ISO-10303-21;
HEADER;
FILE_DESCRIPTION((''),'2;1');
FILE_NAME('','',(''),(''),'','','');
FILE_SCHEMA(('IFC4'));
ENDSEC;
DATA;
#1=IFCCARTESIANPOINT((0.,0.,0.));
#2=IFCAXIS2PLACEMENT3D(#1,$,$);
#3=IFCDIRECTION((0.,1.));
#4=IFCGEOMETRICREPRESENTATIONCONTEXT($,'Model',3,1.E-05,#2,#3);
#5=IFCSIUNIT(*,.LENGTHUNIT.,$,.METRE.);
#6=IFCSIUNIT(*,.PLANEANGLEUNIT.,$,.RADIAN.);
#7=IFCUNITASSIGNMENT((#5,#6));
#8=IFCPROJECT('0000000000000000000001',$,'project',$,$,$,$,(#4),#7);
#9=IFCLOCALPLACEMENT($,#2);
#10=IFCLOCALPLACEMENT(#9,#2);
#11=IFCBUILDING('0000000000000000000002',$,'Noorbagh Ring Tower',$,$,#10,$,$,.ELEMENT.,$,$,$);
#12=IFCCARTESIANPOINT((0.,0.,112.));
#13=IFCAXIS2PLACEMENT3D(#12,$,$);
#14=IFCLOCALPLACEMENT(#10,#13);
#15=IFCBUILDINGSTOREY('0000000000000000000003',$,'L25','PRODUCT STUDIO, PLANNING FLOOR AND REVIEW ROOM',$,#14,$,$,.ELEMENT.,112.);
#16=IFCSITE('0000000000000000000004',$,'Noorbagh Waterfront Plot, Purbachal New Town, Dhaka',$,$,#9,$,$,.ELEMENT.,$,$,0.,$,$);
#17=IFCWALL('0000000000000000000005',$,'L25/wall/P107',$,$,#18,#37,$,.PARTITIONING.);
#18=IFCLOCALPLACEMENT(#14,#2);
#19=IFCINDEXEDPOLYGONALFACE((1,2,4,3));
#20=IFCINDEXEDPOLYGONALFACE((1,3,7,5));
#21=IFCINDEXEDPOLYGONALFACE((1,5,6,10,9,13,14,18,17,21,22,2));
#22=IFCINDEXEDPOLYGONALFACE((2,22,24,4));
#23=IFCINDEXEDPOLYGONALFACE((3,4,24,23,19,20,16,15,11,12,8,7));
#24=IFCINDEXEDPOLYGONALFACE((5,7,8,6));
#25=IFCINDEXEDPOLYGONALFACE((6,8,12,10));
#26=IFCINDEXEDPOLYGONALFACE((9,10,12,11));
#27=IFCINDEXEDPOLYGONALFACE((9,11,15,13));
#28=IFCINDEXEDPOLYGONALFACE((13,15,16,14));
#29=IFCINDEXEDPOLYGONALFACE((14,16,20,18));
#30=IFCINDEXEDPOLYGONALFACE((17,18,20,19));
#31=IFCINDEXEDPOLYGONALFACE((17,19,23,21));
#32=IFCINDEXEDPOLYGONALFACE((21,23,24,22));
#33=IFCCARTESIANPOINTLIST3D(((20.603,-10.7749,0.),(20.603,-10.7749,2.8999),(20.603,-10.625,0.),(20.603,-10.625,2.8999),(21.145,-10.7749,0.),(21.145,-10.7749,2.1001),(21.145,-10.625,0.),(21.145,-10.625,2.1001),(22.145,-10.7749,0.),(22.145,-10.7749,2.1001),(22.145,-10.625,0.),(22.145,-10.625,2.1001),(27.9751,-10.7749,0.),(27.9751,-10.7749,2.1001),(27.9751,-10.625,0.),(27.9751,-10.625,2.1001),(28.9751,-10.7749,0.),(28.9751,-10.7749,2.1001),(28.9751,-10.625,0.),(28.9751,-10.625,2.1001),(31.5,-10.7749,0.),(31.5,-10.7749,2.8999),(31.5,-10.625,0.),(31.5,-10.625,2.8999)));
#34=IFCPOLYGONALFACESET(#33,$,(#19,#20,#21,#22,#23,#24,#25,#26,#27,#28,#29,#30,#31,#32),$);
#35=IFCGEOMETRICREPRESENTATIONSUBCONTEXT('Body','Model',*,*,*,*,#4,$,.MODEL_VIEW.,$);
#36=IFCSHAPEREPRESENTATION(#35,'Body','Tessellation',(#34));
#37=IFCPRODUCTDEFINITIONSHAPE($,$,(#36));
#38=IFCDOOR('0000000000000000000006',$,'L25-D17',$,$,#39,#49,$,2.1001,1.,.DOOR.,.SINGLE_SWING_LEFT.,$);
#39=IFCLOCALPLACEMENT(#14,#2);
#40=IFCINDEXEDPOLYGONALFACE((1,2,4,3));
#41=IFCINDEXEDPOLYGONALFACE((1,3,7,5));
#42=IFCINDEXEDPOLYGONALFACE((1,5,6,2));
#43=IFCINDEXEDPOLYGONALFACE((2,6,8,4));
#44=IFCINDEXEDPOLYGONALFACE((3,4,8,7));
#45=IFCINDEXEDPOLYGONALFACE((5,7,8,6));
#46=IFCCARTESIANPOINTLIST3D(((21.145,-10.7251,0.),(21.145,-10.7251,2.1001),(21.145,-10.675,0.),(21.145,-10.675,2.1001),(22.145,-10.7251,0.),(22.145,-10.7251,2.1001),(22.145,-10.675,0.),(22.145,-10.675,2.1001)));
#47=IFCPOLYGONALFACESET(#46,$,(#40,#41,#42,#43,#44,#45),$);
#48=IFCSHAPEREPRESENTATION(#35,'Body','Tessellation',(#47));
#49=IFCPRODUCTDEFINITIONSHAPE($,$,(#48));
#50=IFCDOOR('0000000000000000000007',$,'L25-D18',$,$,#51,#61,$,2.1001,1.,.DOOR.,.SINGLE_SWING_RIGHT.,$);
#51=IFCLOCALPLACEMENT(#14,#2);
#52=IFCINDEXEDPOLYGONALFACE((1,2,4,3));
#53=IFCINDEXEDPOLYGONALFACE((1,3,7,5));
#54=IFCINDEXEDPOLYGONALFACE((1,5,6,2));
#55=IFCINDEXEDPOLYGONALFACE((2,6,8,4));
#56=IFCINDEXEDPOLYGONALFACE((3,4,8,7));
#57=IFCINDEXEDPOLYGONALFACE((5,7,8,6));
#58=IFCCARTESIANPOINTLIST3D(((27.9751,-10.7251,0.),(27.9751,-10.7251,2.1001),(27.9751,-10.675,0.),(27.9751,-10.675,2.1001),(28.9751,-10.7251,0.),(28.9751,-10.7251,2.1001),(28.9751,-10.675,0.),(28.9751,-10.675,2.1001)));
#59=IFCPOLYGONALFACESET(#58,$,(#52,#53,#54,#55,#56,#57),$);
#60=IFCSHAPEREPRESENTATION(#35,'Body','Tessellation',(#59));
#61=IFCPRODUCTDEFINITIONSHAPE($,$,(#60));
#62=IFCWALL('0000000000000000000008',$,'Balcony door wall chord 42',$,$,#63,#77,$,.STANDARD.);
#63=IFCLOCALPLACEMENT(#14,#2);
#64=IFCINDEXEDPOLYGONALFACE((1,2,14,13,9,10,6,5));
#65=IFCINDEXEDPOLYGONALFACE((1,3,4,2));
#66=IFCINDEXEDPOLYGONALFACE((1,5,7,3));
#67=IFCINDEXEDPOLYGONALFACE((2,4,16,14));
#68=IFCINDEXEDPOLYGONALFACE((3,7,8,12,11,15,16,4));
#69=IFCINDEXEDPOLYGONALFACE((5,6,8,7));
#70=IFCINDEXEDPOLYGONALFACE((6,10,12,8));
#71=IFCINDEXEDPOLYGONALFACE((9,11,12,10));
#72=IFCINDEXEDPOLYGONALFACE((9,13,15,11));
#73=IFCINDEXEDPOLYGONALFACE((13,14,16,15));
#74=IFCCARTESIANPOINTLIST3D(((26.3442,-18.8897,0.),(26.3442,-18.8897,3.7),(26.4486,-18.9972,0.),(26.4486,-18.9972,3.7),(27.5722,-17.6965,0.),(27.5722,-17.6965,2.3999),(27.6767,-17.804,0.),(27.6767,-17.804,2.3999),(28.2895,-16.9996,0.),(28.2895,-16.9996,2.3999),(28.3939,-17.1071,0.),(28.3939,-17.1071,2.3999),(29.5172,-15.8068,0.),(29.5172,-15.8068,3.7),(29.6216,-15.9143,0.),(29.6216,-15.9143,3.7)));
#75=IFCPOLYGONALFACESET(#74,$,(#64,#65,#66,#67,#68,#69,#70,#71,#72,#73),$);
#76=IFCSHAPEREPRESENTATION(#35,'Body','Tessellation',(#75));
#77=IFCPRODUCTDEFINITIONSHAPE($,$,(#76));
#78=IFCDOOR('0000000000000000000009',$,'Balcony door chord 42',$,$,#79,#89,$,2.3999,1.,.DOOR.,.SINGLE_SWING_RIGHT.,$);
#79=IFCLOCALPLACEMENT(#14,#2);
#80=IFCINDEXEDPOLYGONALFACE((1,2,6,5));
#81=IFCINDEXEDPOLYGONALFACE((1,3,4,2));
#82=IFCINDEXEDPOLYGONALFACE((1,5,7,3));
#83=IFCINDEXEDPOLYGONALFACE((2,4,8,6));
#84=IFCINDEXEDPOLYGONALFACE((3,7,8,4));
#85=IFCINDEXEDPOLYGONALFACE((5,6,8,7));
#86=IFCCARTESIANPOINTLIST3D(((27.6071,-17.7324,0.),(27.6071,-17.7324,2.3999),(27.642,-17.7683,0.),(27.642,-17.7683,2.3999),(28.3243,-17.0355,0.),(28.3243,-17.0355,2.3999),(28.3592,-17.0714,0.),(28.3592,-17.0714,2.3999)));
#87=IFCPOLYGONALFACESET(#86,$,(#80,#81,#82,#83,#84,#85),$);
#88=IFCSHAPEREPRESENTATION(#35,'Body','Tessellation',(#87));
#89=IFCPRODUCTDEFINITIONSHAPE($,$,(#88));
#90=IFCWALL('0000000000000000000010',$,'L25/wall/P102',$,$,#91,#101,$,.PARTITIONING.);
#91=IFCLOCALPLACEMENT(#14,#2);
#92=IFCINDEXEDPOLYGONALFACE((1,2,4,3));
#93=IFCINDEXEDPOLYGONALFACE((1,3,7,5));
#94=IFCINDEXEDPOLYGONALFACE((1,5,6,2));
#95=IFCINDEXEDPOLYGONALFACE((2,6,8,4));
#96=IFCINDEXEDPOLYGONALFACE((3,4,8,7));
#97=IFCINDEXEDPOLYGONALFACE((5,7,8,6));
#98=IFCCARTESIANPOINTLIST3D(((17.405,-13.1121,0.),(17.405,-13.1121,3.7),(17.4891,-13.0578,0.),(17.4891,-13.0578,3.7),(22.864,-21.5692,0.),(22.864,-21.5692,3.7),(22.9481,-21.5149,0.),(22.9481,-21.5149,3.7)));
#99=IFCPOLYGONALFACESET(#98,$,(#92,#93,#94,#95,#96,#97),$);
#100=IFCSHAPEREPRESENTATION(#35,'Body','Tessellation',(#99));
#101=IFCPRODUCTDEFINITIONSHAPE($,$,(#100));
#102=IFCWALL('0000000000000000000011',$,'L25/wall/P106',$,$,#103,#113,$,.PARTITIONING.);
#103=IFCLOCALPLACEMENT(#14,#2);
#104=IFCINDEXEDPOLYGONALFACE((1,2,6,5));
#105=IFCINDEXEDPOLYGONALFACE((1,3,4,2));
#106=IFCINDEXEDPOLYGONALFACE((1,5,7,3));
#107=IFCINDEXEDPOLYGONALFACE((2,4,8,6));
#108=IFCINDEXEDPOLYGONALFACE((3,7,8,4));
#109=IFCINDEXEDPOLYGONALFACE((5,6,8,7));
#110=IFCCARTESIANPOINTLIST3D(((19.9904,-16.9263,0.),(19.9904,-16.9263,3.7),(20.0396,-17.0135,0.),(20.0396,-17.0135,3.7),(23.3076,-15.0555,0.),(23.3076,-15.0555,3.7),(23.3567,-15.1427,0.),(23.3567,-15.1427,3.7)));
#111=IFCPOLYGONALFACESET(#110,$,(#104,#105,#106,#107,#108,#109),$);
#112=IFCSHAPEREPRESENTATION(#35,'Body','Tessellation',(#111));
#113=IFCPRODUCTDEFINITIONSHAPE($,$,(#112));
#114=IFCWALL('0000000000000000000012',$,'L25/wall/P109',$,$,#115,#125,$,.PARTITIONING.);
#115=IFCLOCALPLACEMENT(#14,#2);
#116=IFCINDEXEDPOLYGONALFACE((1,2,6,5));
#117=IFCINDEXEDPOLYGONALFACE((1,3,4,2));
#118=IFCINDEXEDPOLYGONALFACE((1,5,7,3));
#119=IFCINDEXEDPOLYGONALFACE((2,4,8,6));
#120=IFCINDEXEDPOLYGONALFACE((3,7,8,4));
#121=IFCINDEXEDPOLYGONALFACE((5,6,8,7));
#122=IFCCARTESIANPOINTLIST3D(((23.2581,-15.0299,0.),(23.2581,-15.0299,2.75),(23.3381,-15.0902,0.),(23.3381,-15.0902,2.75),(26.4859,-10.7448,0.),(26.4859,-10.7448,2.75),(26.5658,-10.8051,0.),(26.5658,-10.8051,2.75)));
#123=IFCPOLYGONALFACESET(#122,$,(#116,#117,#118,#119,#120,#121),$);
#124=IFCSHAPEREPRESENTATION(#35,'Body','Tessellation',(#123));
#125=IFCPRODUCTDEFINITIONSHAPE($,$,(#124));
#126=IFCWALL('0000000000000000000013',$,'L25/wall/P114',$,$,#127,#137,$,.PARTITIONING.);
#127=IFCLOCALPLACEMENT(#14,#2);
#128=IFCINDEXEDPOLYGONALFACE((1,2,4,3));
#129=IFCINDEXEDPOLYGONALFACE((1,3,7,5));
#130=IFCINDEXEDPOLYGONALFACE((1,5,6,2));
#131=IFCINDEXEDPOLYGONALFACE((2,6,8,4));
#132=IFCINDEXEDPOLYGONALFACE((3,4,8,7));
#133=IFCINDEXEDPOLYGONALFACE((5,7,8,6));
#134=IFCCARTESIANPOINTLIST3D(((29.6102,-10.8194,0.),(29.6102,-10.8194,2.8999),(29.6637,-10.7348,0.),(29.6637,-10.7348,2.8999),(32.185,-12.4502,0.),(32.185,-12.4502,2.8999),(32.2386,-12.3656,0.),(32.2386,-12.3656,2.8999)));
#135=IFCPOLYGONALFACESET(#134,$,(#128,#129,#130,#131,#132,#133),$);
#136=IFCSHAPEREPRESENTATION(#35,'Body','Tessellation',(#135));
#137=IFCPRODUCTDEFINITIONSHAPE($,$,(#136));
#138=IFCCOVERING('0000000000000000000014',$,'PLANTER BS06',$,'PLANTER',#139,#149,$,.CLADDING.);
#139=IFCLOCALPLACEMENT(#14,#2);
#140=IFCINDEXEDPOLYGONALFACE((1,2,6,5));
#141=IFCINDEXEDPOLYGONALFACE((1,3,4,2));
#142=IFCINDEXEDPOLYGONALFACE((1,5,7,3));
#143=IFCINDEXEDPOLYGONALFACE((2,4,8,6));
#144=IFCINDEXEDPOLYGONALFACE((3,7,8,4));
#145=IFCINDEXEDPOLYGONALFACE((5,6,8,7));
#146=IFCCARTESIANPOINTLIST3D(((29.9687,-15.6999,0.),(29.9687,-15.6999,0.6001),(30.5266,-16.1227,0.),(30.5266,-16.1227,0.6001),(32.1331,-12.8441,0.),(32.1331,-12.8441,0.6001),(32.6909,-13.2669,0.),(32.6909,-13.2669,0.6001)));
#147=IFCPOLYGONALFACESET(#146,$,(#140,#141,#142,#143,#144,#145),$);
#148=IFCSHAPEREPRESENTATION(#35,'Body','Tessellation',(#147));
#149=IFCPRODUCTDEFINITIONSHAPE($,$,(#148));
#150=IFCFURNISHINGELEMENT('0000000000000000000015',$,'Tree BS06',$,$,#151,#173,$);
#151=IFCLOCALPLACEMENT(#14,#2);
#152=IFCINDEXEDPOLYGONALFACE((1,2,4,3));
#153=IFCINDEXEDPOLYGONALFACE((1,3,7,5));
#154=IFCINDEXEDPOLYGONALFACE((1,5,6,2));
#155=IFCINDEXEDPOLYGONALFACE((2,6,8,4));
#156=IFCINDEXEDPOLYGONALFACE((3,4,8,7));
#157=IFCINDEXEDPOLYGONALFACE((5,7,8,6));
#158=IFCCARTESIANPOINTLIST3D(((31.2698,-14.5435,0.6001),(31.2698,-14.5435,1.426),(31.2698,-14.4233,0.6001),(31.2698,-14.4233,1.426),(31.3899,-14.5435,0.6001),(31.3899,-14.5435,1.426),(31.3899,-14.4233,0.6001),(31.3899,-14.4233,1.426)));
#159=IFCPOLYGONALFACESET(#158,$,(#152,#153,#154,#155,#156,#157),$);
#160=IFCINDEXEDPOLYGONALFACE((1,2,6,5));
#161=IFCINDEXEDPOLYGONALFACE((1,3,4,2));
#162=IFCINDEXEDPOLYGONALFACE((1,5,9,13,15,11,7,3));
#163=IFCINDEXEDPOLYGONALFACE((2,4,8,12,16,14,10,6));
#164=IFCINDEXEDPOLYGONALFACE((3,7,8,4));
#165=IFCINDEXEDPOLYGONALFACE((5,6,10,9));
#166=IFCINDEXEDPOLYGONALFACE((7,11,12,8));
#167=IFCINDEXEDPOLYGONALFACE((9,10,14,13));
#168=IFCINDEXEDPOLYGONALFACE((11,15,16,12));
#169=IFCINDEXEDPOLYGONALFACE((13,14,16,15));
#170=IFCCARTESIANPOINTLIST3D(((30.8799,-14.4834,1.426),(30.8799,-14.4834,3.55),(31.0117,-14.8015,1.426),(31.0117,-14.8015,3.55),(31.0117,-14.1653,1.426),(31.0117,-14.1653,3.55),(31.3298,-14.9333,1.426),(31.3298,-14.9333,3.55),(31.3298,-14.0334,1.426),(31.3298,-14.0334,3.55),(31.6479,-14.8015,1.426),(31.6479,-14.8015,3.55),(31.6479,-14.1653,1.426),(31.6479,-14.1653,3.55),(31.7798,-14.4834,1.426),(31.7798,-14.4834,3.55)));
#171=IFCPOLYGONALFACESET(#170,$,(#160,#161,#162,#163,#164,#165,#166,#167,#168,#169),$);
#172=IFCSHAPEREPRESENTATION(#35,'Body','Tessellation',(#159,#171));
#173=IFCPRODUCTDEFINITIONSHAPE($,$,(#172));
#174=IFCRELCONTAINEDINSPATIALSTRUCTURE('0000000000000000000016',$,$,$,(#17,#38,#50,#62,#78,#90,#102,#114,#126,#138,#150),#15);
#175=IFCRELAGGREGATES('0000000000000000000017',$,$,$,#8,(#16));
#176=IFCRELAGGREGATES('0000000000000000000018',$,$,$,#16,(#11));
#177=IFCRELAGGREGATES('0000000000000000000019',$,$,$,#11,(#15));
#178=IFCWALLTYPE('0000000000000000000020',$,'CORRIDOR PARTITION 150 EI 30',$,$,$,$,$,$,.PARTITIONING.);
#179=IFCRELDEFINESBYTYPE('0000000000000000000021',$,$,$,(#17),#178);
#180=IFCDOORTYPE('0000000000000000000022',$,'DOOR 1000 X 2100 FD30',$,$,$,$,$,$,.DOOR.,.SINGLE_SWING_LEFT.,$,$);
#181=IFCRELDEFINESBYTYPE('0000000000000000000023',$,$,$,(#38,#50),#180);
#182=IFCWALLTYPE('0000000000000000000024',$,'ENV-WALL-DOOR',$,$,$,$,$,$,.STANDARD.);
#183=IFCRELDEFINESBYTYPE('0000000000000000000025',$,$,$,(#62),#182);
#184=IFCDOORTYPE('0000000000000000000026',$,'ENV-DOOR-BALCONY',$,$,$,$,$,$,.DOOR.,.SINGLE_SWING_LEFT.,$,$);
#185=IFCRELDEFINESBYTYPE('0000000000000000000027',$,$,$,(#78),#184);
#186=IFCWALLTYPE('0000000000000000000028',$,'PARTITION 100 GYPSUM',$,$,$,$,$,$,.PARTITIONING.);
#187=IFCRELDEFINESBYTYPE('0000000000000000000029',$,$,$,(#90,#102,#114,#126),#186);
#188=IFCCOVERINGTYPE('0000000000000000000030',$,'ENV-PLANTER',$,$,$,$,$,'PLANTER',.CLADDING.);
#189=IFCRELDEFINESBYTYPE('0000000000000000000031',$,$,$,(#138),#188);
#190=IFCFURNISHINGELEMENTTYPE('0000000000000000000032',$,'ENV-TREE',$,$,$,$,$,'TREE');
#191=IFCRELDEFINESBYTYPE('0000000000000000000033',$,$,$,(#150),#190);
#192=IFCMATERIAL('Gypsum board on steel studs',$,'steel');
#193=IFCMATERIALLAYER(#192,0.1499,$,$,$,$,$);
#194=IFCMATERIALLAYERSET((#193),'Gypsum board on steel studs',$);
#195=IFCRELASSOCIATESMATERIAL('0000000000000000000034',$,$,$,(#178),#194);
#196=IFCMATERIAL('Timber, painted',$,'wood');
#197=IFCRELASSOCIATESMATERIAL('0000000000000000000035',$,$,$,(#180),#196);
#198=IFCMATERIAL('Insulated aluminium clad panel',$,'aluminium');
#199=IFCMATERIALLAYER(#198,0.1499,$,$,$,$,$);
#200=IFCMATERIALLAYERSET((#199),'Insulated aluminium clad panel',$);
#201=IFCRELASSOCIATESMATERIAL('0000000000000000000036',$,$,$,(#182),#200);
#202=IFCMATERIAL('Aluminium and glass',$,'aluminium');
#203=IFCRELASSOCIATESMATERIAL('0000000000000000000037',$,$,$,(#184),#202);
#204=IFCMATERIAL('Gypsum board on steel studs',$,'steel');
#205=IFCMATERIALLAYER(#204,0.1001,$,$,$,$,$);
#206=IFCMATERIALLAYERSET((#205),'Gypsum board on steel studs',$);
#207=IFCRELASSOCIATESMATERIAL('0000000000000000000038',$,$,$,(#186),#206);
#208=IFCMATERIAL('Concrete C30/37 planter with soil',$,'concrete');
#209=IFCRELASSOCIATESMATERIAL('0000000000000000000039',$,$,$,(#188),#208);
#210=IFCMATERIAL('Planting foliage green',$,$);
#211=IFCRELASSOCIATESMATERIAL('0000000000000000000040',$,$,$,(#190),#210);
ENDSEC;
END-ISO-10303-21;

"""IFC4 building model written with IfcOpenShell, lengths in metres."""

from ifc_helpers import new_model, si_unit, direction, frame, frame_2d, origin, origin_2d, place, context, subcontext, project, spatial, polyline, rectangle, outline, extrude, material, layer, layer_set, type_object, element, fill, save


model = new_model("IFC4")

# Units and contexts
model_context = context("Model", 3, precision=1e-05, world=origin(), true_north=direction((0.0, 1.0)))
body_context = subcontext(model_context, "Body", "Model", "MODEL_VIEW")
ifc_project = project(units=[si_unit("LENGTHUNIT", "METRE"), si_unit("PLANEANGLEUNIT", "RADIAN")], contexts=[model_context])

# Site, building, storey
site_placement = place(None, origin())
site = spatial("IfcSite", under=ifc_project, at=site_placement, Name="Noorbagh Waterfront Plot, Purbachal New Town, Dhaka", CompositionType="ELEMENT", RefElevation=0.0)
building_placement = place(site_placement, origin())
building = spatial("IfcBuilding", under=site, at=building_placement, Name="Noorbagh Ring Tower", CompositionType="ELEMENT")
storey_placement = place(building_placement, frame((0.0, 0.0, 112.0)))
storey = spatial("IfcBuildingStorey", under=building, at=storey_placement, Name="L25", Description="PRODUCT STUDIO, PLANNING FLOOR AND REVIEW ROOM", CompositionType="ELEMENT", Elevation=112.0)

# Shared definitions
ifc_material_1 = material(Name="Gypsum board on steel studs", Category="steel")
ifc_layer_1 = layer(ifc_material_1, 0.1499)
ifc_layer_set_1 = layer_set([ifc_layer_1], Name="Gypsum board on steel studs")
wall_type_1 = type_object("IfcWallType", Name="CORRIDOR PARTITION 150 EI 30", PredefinedType="PARTITIONING", material=ifc_layer_set_1)

# Wall, openings, doors
wall_1_placement = place(storey_placement, frame((20.603, -10.7, 0.0), z_axis=(0.0, 0.0, 1.0), x_axis=(1.0, 0.0, 0.0)))
wall_1 = element("IfcWall", 1, at=wall_1_placement, inside=storey, type_object=wall_type_1, Name="L25/wall/P107", PredefinedType="PARTITIONING", context=body_context, shape_type="SweptSolid", body=[
    extrude(rectangle(XDim=10.897, YDim=0.1499, at=frame_2d((5.4485, 0.0))), origin(), (0.0, 0.0, 1.0), 2.8999),
])
opening_1_placement = place(wall_1_placement, frame((0.542, 0.0, 0.0)))
opening_1 = element("IfcOpeningElement", 2, at=opening_1_placement, cuts=wall_1, PredefinedType="OPENING", context=body_context, shape_type="SweptSolid", body=[
    extrude(rectangle(XDim=1.0, YDim=2.1001, at=frame_2d((0.5, 1.05))), frame((0.0, 0.085, 0.0), z_axis=(0.0, -1.0, 0.0), x_axis=(1.0, 0.0, 0.0)), (0.0, 0.0, 1.0), 0.1699),
])
opening_2_placement = place(wall_1_placement, frame((7.3721, 0.0, 0.0)))
opening_2 = element("IfcOpeningElement", 3, at=opening_2_placement, cuts=wall_1, PredefinedType="OPENING", context=body_context, shape_type="SweptSolid", body=[
    extrude(rectangle(XDim=1.0, YDim=2.1001, at=frame_2d((0.5, 1.05))), frame((0.0, 0.085, 0.0), z_axis=(0.0, -1.0, 0.0), x_axis=(1.0, 0.0, 0.0)), (0.0, 0.0, 1.0), 0.1699),
])
ifc_material_2 = material(Name="Timber, painted", Category="wood")
door_type_1 = type_object("IfcDoorType", Name="DOOR 1000 X 2100 FD30", OperationType="SINGLE_SWING_LEFT", PredefinedType="DOOR", material=ifc_material_2)
door_1_placement = place(opening_1_placement, origin())
door_1 = element("IfcDoor", 4, at=door_1_placement, inside=storey, type_object=door_type_1, Name="L25-D17", OperationType="SINGLE_SWING_LEFT", OverallHeight=2.1001, OverallWidth=1.0, PredefinedType="DOOR", context=body_context, shape_type="SweptSolid", body=[
    extrude(rectangle(XDim=1.0, YDim=2.1001, at=frame_2d((0.5, 1.05))), frame((0.0, 0.0249, 0.0), z_axis=(0.0, -1.0, 0.0), x_axis=(1.0, 0.0, 0.0)), (0.0, 0.0, 1.0), 0.05),
])
fill(opening_1, door_1)
door_2_placement = place(opening_2_placement, origin())
door_2 = element("IfcDoor", 5, at=door_2_placement, inside=storey, type_object=door_type_1, Name="L25-D18", OperationType="SINGLE_SWING_RIGHT", OverallHeight=2.1001, OverallWidth=1.0, PredefinedType="DOOR", context=body_context, shape_type="SweptSolid", body=[
    extrude(rectangle(XDim=1.0, YDim=2.1001, at=frame_2d((0.5, 1.05))), frame((0.0, 0.0249, 0.0), z_axis=(0.0, -1.0, 0.0), x_axis=(1.0, 0.0, 0.0)), (0.0, 0.0, 1.0), 0.05),
])
fill(opening_2, door_2)

# Wall, opening, door
ifc_material_3 = material(Name="Insulated aluminium clad panel", Category="aluminium")
ifc_layer_2 = layer(ifc_material_3, 0.1499)
ifc_layer_set_2 = layer_set([ifc_layer_2], Name="Insulated aluminium clad panel")
wall_type_2 = type_object("IfcWallType", Name="ENV-WALL-DOOR", PredefinedType="STANDARD", material=ifc_layer_set_2)
wall_2_placement = place(storey_placement, frame((26.3965, -18.9434, 0.0), z_axis=(0.0, 0.0, 1.0), x_axis=(0.717215, 0.696852, 0.0)))
wall_2 = element("IfcWall", 6, at=wall_2_placement, inside=storey, type_object=wall_type_2, Name="Balcony door wall chord 42", PredefinedType="STANDARD", context=body_context, shape_type="SweptSolid", body=[
    extrude(rectangle(XDim=4.4241, YDim=0.1499, at=frame_2d((2.2119, 0.0))), origin(), (0.0, 0.0, 1.0), 3.7),
])
opening_3_placement = place(wall_2_placement, frame((1.7122, 0.0, 0.0)))
opening_3 = element("IfcOpeningElement", 7, at=opening_3_placement, cuts=wall_2, PredefinedType="OPENING", context=body_context, shape_type="SweptSolid", body=[
    extrude(rectangle(XDim=1.0, YDim=2.3999, at=frame_2d((0.5, 1.2))), frame((0.0, 0.085, 0.0), z_axis=(0.0, -1.0, 0.0), x_axis=(1.0, 0.0, 0.0)), (0.0, 0.0, 1.0), 0.1699),
])
ifc_material_4 = material(Name="Aluminium and glass", Category="aluminium")
door_type_2 = type_object("IfcDoorType", Name="ENV-DOOR-BALCONY", OperationType="SINGLE_SWING_LEFT", PredefinedType="DOOR", material=ifc_material_4)
door_3_placement = place(opening_3_placement, origin())
door_3 = element("IfcDoor", 8, at=door_3_placement, inside=storey, type_object=door_type_2, Name="Balcony door chord 42", OperationType="SINGLE_SWING_RIGHT", OverallHeight=2.3999, OverallWidth=1.0, PredefinedType="DOOR", context=body_context, shape_type="SweptSolid", body=[
    extrude(rectangle(XDim=1.0, YDim=2.3999, at=frame_2d((0.5, 1.2))), frame((0.0, 0.0249, 0.0), z_axis=(0.0, -1.0, 0.0), x_axis=(1.0, 0.0, 0.0)), (0.0, 0.0, 1.0), 0.05),
])
fill(opening_3, door_3)

# Walls
ifc_material_5 = material(Name="Gypsum board on steel studs", Category="steel")
ifc_layer_3 = layer(ifc_material_5, 0.1001)
ifc_layer_set_3 = layer_set([ifc_layer_3], Name="Gypsum board on steel studs")
wall_type_3 = type_object("IfcWallType", Name="PARTITION 100 GYPSUM", PredefinedType="PARTITIONING", material=ifc_layer_set_3)
wall_3_placement = place(storey_placement, frame((17.447, -13.085, 0.0), z_axis=(0.0, 0.0, 1.0), x_axis=(0.542326, -0.840168, 0.0)))
element("IfcWall", 9, at=wall_3_placement, inside=storey, type_object=wall_type_3, Name="L25/wall/P102", PredefinedType="PARTITIONING", context=body_context, shape_type="SweptSolid", body=[
    extrude(rectangle(XDim=10.0659, YDim=0.1001, at=frame_2d((5.033, 0.0))), origin(), (0.0, 0.0, 1.0), 3.7),
])
wall_4_placement = place(storey_placement, frame((20.0149, -16.97, 0.0), z_axis=(0.0, 0.0, 1.0), x_axis=(0.871019, 0.49125, 0.0)))
element("IfcWall", 10, at=wall_4_placement, inside=storey, type_object=wall_type_3, Name="L25/wall/P106", PredefinedType="PARTITIONING", context=body_context, shape_type="SweptSolid", body=[
    extrude(rectangle(XDim=3.8083, YDim=0.1001, at=frame_2d((1.9043, 0.0))), origin(), (0.0, 0.0, 1.0), 3.7),
])
wall_5_placement = place(storey_placement, frame((23.2981, -15.0601, 0.0), z_axis=(0.0, 0.0, 1.0), x_axis=(0.601659, 0.798753, 0.0)))
element("IfcWall", 11, at=wall_5_placement, inside=storey, type_object=wall_type_3, Name="L25/wall/P109", PredefinedType="PARTITIONING", context=body_context, shape_type="SweptSolid", body=[
    extrude(rectangle(XDim=5.3647, YDim=0.1001, at=frame_2d((2.6824, 0.0))), origin(), (0.0, 0.0, 1.0), 2.75),
])
wall_6_placement = place(storey_placement, frame((29.637, -10.7771, 0.0), z_axis=(0.0, 0.0, 1.0), x_axis=(0.844811, -0.535065, 0.0)))
element("IfcWall", 12, at=wall_6_placement, inside=storey, type_object=wall_type_3, Name="L25/wall/P114", PredefinedType="PARTITIONING", context=body_context, shape_type="SweptSolid", body=[
    extrude(rectangle(XDim=3.0479, YDim=0.1001, at=frame_2d((1.5239, 0.0))), origin(), (0.0, 0.0, 1.0), 2.8999),
])

# Covering
ifc_material_6 = material(Name="Concrete C30/37 planter with soil", Category="concrete")
covering_type = type_object("IfcCoveringType", Name="ENV-PLANTER", ElementType="PLANTER", PredefinedType="CLADDING", material=ifc_material_6)
covering_placement = place(storey_placement, frame((31.3298, -14.4834, 0.0), z_axis=(0.0, 0.0, 1.0), x_axis=(0.60402, 0.796969, 0.0)))
element("IfcCovering", 13, at=covering_placement, inside=storey, type_object=covering_type, Name="PLANTER BS06", ObjectType="PLANTER", PredefinedType="CLADDING", context=body_context, shape_type="SweptSolid", body=[
    extrude(rectangle(XDim=3.5833, YDim=0.7, at=origin_2d()), origin(), (0.0, 0.0, 1.0), 0.6001),
])

# Furnishing element
ifc_material_7 = material(Name="Planting foliage green")
furnishing_element_type = type_object("IfcFurnishingElementType", Name="ENV-TREE", ElementType="TREE", material=ifc_material_7)
furnishing_placement = place(storey_placement, frame((31.3298, -14.4834, 0.6001), z_axis=(0.0, 0.0, 1.0), x_axis=(1.0, 0.0, 0.0)))
element("IfcFurnishingElement", 14, at=furnishing_placement, inside=storey, type_object=furnishing_element_type, Name="Tree BS06", context=body_context, shape_type="SweptSolid", body=[
    extrude(rectangle(XDim=0.1201, YDim=0.1201, at=origin_2d()), origin(), (0.0, 0.0, 1.0), 0.8259),
    extrude(outline(polyline([(0.45, 0.0), (0.3181, 0.3181), (0.0, 0.45), (-0.3181, 0.3181), (-0.45, 0.0), (-0.3181, -0.3181), (0.0, -0.45), (0.3181, -0.3181), (0.45, 0.0)])), frame((0.0, 0.0, 0.8259)), (0.0, 0.0, 1.0), 2.124),
])

save(model, "model.ifc")
